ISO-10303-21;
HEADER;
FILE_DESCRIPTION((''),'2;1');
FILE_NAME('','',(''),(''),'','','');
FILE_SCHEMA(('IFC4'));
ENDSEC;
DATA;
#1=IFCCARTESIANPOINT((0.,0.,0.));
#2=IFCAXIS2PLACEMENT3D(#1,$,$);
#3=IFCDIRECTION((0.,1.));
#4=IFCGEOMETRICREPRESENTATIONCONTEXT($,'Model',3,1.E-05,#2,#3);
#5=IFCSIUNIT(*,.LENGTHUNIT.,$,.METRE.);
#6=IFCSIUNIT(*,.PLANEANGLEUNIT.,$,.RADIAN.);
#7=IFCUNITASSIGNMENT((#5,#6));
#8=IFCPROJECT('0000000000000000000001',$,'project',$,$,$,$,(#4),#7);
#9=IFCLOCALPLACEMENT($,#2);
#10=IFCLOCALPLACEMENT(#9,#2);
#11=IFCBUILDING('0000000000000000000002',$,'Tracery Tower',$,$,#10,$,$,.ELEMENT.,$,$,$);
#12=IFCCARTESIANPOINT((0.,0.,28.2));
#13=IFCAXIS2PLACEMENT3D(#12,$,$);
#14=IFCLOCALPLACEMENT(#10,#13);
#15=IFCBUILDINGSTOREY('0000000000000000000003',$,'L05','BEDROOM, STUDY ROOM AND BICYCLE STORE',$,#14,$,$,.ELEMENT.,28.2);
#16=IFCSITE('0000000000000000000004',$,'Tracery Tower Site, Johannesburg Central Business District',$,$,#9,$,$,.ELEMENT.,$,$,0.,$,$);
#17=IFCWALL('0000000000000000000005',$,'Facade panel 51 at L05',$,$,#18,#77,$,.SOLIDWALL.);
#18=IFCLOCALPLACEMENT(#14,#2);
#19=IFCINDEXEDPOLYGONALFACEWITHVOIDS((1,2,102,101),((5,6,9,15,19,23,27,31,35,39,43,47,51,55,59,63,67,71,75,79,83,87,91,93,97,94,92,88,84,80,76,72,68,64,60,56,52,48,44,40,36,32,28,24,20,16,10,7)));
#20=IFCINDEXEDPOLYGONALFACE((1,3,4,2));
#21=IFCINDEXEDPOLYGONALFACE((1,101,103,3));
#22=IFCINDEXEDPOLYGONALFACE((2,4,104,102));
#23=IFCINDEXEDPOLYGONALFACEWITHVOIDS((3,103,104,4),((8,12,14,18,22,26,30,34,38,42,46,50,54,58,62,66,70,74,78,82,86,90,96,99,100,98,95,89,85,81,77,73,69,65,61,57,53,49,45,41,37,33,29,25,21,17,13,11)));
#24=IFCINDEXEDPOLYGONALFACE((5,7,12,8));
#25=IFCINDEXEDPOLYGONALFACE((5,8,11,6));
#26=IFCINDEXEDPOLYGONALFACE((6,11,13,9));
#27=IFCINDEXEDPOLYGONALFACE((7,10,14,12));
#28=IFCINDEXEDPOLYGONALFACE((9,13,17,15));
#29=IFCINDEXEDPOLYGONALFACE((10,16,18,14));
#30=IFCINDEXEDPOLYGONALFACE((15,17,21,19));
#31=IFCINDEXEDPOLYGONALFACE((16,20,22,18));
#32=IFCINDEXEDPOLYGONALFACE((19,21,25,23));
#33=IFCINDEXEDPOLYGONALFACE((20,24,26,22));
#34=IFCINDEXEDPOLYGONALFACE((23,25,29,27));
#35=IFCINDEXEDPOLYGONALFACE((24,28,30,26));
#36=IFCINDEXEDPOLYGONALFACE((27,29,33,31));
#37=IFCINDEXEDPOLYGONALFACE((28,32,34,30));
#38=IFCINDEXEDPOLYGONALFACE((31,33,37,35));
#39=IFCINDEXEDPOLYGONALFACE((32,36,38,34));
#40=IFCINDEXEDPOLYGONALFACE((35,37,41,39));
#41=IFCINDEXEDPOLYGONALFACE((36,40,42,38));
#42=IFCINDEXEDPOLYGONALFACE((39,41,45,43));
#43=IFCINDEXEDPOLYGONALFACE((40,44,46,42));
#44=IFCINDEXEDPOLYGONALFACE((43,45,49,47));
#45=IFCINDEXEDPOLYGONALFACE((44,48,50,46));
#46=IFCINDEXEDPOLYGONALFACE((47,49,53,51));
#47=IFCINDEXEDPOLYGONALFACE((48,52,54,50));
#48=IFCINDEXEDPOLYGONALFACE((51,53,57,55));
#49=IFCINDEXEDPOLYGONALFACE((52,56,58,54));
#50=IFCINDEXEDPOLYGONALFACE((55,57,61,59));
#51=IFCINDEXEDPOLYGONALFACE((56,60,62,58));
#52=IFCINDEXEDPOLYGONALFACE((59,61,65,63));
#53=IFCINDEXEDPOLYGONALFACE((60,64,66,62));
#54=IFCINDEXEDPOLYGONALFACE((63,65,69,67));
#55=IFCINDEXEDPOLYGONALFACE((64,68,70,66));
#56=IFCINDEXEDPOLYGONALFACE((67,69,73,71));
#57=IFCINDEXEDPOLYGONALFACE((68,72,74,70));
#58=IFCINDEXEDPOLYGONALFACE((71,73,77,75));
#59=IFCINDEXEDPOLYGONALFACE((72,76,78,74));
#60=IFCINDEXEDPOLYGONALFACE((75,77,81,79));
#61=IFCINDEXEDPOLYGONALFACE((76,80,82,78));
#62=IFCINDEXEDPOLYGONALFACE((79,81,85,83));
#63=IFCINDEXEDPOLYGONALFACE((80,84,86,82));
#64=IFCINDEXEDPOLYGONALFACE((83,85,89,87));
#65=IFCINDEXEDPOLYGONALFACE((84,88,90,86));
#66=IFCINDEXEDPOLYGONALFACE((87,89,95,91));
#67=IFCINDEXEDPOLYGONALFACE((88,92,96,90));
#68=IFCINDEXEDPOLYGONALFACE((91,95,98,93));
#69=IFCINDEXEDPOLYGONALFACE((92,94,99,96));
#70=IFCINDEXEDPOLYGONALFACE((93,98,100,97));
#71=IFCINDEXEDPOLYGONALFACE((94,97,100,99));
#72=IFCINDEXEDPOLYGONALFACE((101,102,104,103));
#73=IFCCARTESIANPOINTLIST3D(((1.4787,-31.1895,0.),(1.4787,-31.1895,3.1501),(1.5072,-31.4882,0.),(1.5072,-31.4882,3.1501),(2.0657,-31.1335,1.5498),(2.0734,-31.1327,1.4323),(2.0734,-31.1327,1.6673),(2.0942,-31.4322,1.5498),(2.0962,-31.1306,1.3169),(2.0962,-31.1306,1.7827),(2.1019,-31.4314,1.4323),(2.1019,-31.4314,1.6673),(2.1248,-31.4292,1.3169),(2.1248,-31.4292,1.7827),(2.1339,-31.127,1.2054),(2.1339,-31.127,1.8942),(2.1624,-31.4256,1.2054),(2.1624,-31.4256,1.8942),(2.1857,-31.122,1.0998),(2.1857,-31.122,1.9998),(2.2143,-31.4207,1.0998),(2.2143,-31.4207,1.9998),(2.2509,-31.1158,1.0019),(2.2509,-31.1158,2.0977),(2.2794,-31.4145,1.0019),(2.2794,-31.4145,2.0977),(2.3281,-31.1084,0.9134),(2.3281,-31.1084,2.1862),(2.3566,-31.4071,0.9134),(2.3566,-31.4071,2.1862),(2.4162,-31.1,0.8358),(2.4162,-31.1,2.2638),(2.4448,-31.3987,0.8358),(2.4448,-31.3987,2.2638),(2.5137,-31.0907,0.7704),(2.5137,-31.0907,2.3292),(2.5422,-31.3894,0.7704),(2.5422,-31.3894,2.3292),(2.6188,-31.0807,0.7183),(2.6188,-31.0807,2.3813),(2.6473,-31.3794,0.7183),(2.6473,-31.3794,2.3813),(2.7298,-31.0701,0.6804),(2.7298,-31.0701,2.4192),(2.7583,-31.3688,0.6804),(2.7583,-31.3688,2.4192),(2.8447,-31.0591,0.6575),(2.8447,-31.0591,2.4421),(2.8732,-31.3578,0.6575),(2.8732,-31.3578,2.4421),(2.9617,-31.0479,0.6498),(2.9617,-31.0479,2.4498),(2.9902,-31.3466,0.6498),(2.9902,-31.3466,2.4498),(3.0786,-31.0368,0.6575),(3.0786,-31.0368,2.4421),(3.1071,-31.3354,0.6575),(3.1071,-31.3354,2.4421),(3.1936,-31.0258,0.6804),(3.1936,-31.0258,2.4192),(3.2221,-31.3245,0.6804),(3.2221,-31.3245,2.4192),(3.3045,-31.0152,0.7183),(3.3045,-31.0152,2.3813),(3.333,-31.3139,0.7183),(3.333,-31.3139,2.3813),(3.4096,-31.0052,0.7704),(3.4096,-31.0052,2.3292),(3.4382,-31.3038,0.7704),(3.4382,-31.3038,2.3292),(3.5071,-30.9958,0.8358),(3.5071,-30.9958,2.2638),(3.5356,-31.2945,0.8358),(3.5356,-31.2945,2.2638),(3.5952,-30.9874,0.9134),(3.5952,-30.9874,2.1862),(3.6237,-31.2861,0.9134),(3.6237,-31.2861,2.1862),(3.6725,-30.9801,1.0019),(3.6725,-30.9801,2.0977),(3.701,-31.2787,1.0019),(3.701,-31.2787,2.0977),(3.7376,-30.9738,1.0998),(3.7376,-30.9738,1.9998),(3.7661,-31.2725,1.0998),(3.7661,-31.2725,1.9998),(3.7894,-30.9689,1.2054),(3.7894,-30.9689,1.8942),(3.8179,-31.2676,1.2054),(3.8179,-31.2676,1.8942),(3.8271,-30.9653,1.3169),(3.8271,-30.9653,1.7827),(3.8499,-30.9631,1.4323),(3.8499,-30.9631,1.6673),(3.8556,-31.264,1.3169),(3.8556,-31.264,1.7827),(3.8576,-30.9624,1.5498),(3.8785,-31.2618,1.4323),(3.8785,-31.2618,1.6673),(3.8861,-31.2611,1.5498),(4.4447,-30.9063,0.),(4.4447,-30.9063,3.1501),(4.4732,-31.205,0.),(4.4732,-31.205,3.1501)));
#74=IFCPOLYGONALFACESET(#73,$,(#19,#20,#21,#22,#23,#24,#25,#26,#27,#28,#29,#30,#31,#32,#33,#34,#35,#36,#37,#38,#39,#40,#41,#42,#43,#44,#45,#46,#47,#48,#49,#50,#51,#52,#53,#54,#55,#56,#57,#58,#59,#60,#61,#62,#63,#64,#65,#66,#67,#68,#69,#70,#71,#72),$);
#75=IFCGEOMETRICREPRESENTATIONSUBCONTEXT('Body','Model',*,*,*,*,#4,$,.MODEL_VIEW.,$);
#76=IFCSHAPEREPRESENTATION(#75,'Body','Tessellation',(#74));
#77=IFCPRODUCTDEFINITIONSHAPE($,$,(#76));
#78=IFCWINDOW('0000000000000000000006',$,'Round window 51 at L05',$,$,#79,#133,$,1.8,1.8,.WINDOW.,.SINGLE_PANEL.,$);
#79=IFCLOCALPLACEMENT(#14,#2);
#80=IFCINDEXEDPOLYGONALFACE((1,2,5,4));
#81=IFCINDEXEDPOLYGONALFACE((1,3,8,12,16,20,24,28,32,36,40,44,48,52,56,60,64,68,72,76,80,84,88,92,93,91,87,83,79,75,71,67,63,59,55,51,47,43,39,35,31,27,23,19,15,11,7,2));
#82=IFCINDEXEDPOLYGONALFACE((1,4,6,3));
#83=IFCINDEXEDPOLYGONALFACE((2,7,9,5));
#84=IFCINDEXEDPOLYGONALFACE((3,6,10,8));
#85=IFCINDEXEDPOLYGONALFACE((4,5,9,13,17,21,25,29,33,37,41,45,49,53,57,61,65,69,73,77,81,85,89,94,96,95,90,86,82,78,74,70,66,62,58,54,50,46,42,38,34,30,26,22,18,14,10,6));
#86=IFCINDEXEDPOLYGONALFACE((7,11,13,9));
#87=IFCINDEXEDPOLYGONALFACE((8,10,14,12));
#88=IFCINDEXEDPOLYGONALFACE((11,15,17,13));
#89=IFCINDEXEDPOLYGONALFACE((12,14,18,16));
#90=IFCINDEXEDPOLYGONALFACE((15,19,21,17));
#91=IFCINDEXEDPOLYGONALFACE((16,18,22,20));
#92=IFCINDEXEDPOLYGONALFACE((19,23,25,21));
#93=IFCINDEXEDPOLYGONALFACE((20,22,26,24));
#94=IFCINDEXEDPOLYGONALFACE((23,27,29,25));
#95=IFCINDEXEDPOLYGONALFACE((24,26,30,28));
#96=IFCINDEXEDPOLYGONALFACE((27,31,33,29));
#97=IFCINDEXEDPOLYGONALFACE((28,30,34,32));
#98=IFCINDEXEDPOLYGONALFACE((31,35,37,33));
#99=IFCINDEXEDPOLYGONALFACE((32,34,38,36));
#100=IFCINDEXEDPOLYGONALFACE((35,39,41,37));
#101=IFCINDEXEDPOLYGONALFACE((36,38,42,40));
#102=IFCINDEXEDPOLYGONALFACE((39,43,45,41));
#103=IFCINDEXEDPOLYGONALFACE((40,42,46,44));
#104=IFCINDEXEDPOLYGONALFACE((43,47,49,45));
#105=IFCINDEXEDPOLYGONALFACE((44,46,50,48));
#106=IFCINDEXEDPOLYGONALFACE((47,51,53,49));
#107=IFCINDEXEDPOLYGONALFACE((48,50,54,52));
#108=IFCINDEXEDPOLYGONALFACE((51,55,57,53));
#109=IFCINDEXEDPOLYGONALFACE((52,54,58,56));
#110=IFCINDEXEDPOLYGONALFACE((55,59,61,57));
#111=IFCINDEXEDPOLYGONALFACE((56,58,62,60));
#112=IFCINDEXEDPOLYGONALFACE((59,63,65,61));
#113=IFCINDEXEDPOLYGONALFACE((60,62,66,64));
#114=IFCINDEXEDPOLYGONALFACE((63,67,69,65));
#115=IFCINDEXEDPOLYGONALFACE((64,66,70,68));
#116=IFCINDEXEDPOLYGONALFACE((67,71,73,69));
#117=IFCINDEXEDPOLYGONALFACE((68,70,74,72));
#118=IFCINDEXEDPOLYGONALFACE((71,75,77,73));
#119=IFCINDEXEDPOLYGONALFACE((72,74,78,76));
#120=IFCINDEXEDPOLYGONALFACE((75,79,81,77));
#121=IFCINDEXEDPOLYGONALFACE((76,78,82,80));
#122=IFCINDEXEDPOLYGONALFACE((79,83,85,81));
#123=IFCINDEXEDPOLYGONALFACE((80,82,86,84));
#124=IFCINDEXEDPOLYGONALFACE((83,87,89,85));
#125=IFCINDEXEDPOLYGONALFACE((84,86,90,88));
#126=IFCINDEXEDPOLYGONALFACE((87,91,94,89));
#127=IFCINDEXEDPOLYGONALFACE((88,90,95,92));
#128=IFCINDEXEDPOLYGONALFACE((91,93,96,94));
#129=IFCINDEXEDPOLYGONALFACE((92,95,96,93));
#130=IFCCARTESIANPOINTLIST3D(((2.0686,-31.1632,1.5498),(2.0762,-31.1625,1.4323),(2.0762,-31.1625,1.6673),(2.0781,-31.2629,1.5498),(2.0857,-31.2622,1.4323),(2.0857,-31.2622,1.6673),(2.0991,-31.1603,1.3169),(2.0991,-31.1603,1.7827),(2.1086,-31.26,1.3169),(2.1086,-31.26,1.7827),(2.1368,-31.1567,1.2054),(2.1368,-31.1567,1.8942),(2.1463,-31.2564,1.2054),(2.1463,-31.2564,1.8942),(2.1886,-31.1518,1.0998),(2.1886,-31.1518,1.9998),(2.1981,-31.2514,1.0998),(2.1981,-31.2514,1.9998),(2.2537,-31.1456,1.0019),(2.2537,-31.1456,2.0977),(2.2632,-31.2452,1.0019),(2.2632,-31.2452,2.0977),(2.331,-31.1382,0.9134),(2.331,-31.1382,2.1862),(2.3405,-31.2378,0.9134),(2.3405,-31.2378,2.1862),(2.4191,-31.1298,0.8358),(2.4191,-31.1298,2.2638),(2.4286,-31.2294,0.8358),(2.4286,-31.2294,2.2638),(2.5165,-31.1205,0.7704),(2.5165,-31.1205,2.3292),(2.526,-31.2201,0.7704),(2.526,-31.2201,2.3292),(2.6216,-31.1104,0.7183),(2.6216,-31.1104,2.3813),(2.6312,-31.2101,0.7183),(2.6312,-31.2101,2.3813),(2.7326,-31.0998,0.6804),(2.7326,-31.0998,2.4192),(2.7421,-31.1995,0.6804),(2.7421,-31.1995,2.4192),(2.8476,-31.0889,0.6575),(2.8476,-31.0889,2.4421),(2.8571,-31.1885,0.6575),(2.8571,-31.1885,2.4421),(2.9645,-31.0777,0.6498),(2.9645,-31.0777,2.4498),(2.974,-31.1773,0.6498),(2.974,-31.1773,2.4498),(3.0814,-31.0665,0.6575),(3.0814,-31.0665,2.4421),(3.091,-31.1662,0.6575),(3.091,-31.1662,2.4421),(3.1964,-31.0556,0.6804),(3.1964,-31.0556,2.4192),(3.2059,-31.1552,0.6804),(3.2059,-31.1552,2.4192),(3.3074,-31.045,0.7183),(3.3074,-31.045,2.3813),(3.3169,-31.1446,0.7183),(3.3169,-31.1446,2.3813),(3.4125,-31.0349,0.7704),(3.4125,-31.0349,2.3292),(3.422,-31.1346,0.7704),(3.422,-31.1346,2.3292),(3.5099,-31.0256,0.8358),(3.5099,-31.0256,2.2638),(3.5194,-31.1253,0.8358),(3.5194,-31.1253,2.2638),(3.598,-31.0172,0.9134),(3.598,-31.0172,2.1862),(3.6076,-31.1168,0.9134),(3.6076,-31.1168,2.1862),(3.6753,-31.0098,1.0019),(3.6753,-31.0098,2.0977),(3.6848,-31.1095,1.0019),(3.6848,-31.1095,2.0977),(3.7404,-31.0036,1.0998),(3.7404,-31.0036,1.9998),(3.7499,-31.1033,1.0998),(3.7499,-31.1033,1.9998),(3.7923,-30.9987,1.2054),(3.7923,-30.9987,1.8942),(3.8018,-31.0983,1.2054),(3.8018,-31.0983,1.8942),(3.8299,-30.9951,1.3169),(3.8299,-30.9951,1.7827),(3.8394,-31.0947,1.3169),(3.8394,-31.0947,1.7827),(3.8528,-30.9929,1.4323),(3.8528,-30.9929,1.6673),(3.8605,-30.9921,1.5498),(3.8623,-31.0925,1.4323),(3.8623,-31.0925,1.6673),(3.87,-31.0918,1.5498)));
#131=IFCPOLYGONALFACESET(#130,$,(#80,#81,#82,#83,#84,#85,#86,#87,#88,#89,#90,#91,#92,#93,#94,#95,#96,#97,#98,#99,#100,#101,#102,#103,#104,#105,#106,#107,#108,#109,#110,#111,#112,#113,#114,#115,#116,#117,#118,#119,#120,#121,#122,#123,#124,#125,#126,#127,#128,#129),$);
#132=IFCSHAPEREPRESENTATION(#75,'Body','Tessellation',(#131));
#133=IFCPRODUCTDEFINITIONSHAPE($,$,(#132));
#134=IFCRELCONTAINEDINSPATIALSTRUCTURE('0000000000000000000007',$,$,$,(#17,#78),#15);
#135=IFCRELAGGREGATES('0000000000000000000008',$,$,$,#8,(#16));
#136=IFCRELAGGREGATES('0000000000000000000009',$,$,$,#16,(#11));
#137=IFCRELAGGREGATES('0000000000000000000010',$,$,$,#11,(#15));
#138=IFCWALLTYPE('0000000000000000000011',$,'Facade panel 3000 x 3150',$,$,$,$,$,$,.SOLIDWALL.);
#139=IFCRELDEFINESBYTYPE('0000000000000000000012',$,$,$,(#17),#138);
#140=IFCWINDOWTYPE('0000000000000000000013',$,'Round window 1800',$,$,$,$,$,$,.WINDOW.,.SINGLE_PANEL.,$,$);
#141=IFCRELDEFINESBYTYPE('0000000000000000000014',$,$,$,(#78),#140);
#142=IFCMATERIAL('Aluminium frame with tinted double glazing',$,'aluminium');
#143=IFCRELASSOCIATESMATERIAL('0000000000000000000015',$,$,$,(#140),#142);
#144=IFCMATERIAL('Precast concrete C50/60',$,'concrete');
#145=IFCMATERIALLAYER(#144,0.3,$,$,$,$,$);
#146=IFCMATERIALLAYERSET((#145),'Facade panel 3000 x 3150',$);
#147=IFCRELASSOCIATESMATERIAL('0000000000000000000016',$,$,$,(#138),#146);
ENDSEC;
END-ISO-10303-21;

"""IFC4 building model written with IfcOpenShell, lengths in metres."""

from ifc_helpers import new_model, si_unit, direction, frame, frame_2d, origin, origin_2d, place, context, subcontext, project, spatial, rectangle, circle, extrude, material, layer, layer_set, type_object, element, fill, save


model = new_model("IFC4")

# Units and contexts
model_context = context("Model", 3, precision=1e-05, world=origin(), true_north=direction((0.0, 1.0)))
body_context = subcontext(model_context, "Body", "Model", "MODEL_VIEW")
ifc_project = project(units=[si_unit("LENGTHUNIT", "METRE"), si_unit("PLANEANGLEUNIT", "RADIAN")], contexts=[model_context])

# Site, building, storey
site_placement = place(None, origin())
site = spatial("IfcSite", under=ifc_project, at=site_placement, Name="Tracery Tower Site, Johannesburg Central Business District", CompositionType="ELEMENT", RefElevation=0.0)
building_placement = place(site_placement, origin())
building = spatial("IfcBuilding", under=site, at=building_placement, Name="Tracery Tower", CompositionType="ELEMENT")
storey_placement = place(building_placement, frame((0.0, 0.0, 28.2)))
storey = spatial("IfcBuildingStorey", under=building, at=storey_placement, Name="L05", Description="BEDROOM, STUDY ROOM AND BICYCLE STORE", CompositionType="ELEMENT", Elevation=28.2)

# Wall, opening, window
ifc_material_1 = material(Name="Aluminium frame with tinted double glazing", Category="aluminium")
window_type = type_object("IfcWindowType", Name="Round window 1800", PartitioningType="SINGLE_PANEL", PredefinedType="WINDOW", material=ifc_material_1)
ifc_material_2 = material(Name="Precast concrete C50/60", Category="concrete")
ifc_layer_1 = layer(ifc_material_2, 0.3)
ifc_layer_set_1 = layer_set([ifc_layer_1], Name="Facade panel 3000 x 3150")
wall_type_1 = type_object("IfcWallType", Name="Facade panel 3000 x 3150", PredefinedType="SOLIDWALL", material=ifc_layer_set_1)
wall_1_placement = place(storey_placement, frame((1.4929, -31.3389, 0.0), z_axis=(0.0, 0.0, 1.0), x_axis=(0.995473, 0.095049, 0.0)))
wall_1 = element("IfcWall", 1, at=wall_1_placement, inside=storey, type_object=wall_type_1, Name="Facade panel 51 at L05", PredefinedType="SOLIDWALL", context=body_context, shape_type="SweptSolid", body=[
    extrude(rectangle(XDim=2.9795, YDim=0.3, at=frame_2d((1.4897, 0.0))), origin(), (0.0, 0.0, 1.0), 3.1501),
])
opening_1_placement = place(wall_1_placement, frame((1.4897, 0.0, 1.5498)))
opening_1 = element("IfcOpeningElement", 2, at=opening_1_placement, cuts=wall_1, PredefinedType="OPENING", context=body_context, shape_type="SweptSolid", body=[
    extrude(circle(Radius=0.9, at=origin_2d()), frame((0.0, 0.1599, 0.0), z_axis=(0.0, -1.0, 0.0), x_axis=(1.0, 0.0, 0.0)), (0.0, 0.0, 1.0), 0.3201),
])
window_1_placement = place(opening_1_placement, origin())
window_1 = element("IfcWindow", 3, at=window_1_placement, inside=storey, type_object=window_type, Name="Round window 51 at L05", OverallHeight=1.8, OverallWidth=1.8, PartitioningType="SINGLE_PANEL", PredefinedType="WINDOW", context=body_context, shape_type="SweptSolid", body=[
    extrude(circle(Radius=0.9, at=origin_2d()), frame((0.0, 0.1201, 0.0), z_axis=(0.0, -1.0, 0.0), x_axis=(1.0, 0.0, 0.0)), (0.0, 0.0, 1.0), 0.1001),
])
fill(opening_1, window_1)

save(model, "model.ifc")
